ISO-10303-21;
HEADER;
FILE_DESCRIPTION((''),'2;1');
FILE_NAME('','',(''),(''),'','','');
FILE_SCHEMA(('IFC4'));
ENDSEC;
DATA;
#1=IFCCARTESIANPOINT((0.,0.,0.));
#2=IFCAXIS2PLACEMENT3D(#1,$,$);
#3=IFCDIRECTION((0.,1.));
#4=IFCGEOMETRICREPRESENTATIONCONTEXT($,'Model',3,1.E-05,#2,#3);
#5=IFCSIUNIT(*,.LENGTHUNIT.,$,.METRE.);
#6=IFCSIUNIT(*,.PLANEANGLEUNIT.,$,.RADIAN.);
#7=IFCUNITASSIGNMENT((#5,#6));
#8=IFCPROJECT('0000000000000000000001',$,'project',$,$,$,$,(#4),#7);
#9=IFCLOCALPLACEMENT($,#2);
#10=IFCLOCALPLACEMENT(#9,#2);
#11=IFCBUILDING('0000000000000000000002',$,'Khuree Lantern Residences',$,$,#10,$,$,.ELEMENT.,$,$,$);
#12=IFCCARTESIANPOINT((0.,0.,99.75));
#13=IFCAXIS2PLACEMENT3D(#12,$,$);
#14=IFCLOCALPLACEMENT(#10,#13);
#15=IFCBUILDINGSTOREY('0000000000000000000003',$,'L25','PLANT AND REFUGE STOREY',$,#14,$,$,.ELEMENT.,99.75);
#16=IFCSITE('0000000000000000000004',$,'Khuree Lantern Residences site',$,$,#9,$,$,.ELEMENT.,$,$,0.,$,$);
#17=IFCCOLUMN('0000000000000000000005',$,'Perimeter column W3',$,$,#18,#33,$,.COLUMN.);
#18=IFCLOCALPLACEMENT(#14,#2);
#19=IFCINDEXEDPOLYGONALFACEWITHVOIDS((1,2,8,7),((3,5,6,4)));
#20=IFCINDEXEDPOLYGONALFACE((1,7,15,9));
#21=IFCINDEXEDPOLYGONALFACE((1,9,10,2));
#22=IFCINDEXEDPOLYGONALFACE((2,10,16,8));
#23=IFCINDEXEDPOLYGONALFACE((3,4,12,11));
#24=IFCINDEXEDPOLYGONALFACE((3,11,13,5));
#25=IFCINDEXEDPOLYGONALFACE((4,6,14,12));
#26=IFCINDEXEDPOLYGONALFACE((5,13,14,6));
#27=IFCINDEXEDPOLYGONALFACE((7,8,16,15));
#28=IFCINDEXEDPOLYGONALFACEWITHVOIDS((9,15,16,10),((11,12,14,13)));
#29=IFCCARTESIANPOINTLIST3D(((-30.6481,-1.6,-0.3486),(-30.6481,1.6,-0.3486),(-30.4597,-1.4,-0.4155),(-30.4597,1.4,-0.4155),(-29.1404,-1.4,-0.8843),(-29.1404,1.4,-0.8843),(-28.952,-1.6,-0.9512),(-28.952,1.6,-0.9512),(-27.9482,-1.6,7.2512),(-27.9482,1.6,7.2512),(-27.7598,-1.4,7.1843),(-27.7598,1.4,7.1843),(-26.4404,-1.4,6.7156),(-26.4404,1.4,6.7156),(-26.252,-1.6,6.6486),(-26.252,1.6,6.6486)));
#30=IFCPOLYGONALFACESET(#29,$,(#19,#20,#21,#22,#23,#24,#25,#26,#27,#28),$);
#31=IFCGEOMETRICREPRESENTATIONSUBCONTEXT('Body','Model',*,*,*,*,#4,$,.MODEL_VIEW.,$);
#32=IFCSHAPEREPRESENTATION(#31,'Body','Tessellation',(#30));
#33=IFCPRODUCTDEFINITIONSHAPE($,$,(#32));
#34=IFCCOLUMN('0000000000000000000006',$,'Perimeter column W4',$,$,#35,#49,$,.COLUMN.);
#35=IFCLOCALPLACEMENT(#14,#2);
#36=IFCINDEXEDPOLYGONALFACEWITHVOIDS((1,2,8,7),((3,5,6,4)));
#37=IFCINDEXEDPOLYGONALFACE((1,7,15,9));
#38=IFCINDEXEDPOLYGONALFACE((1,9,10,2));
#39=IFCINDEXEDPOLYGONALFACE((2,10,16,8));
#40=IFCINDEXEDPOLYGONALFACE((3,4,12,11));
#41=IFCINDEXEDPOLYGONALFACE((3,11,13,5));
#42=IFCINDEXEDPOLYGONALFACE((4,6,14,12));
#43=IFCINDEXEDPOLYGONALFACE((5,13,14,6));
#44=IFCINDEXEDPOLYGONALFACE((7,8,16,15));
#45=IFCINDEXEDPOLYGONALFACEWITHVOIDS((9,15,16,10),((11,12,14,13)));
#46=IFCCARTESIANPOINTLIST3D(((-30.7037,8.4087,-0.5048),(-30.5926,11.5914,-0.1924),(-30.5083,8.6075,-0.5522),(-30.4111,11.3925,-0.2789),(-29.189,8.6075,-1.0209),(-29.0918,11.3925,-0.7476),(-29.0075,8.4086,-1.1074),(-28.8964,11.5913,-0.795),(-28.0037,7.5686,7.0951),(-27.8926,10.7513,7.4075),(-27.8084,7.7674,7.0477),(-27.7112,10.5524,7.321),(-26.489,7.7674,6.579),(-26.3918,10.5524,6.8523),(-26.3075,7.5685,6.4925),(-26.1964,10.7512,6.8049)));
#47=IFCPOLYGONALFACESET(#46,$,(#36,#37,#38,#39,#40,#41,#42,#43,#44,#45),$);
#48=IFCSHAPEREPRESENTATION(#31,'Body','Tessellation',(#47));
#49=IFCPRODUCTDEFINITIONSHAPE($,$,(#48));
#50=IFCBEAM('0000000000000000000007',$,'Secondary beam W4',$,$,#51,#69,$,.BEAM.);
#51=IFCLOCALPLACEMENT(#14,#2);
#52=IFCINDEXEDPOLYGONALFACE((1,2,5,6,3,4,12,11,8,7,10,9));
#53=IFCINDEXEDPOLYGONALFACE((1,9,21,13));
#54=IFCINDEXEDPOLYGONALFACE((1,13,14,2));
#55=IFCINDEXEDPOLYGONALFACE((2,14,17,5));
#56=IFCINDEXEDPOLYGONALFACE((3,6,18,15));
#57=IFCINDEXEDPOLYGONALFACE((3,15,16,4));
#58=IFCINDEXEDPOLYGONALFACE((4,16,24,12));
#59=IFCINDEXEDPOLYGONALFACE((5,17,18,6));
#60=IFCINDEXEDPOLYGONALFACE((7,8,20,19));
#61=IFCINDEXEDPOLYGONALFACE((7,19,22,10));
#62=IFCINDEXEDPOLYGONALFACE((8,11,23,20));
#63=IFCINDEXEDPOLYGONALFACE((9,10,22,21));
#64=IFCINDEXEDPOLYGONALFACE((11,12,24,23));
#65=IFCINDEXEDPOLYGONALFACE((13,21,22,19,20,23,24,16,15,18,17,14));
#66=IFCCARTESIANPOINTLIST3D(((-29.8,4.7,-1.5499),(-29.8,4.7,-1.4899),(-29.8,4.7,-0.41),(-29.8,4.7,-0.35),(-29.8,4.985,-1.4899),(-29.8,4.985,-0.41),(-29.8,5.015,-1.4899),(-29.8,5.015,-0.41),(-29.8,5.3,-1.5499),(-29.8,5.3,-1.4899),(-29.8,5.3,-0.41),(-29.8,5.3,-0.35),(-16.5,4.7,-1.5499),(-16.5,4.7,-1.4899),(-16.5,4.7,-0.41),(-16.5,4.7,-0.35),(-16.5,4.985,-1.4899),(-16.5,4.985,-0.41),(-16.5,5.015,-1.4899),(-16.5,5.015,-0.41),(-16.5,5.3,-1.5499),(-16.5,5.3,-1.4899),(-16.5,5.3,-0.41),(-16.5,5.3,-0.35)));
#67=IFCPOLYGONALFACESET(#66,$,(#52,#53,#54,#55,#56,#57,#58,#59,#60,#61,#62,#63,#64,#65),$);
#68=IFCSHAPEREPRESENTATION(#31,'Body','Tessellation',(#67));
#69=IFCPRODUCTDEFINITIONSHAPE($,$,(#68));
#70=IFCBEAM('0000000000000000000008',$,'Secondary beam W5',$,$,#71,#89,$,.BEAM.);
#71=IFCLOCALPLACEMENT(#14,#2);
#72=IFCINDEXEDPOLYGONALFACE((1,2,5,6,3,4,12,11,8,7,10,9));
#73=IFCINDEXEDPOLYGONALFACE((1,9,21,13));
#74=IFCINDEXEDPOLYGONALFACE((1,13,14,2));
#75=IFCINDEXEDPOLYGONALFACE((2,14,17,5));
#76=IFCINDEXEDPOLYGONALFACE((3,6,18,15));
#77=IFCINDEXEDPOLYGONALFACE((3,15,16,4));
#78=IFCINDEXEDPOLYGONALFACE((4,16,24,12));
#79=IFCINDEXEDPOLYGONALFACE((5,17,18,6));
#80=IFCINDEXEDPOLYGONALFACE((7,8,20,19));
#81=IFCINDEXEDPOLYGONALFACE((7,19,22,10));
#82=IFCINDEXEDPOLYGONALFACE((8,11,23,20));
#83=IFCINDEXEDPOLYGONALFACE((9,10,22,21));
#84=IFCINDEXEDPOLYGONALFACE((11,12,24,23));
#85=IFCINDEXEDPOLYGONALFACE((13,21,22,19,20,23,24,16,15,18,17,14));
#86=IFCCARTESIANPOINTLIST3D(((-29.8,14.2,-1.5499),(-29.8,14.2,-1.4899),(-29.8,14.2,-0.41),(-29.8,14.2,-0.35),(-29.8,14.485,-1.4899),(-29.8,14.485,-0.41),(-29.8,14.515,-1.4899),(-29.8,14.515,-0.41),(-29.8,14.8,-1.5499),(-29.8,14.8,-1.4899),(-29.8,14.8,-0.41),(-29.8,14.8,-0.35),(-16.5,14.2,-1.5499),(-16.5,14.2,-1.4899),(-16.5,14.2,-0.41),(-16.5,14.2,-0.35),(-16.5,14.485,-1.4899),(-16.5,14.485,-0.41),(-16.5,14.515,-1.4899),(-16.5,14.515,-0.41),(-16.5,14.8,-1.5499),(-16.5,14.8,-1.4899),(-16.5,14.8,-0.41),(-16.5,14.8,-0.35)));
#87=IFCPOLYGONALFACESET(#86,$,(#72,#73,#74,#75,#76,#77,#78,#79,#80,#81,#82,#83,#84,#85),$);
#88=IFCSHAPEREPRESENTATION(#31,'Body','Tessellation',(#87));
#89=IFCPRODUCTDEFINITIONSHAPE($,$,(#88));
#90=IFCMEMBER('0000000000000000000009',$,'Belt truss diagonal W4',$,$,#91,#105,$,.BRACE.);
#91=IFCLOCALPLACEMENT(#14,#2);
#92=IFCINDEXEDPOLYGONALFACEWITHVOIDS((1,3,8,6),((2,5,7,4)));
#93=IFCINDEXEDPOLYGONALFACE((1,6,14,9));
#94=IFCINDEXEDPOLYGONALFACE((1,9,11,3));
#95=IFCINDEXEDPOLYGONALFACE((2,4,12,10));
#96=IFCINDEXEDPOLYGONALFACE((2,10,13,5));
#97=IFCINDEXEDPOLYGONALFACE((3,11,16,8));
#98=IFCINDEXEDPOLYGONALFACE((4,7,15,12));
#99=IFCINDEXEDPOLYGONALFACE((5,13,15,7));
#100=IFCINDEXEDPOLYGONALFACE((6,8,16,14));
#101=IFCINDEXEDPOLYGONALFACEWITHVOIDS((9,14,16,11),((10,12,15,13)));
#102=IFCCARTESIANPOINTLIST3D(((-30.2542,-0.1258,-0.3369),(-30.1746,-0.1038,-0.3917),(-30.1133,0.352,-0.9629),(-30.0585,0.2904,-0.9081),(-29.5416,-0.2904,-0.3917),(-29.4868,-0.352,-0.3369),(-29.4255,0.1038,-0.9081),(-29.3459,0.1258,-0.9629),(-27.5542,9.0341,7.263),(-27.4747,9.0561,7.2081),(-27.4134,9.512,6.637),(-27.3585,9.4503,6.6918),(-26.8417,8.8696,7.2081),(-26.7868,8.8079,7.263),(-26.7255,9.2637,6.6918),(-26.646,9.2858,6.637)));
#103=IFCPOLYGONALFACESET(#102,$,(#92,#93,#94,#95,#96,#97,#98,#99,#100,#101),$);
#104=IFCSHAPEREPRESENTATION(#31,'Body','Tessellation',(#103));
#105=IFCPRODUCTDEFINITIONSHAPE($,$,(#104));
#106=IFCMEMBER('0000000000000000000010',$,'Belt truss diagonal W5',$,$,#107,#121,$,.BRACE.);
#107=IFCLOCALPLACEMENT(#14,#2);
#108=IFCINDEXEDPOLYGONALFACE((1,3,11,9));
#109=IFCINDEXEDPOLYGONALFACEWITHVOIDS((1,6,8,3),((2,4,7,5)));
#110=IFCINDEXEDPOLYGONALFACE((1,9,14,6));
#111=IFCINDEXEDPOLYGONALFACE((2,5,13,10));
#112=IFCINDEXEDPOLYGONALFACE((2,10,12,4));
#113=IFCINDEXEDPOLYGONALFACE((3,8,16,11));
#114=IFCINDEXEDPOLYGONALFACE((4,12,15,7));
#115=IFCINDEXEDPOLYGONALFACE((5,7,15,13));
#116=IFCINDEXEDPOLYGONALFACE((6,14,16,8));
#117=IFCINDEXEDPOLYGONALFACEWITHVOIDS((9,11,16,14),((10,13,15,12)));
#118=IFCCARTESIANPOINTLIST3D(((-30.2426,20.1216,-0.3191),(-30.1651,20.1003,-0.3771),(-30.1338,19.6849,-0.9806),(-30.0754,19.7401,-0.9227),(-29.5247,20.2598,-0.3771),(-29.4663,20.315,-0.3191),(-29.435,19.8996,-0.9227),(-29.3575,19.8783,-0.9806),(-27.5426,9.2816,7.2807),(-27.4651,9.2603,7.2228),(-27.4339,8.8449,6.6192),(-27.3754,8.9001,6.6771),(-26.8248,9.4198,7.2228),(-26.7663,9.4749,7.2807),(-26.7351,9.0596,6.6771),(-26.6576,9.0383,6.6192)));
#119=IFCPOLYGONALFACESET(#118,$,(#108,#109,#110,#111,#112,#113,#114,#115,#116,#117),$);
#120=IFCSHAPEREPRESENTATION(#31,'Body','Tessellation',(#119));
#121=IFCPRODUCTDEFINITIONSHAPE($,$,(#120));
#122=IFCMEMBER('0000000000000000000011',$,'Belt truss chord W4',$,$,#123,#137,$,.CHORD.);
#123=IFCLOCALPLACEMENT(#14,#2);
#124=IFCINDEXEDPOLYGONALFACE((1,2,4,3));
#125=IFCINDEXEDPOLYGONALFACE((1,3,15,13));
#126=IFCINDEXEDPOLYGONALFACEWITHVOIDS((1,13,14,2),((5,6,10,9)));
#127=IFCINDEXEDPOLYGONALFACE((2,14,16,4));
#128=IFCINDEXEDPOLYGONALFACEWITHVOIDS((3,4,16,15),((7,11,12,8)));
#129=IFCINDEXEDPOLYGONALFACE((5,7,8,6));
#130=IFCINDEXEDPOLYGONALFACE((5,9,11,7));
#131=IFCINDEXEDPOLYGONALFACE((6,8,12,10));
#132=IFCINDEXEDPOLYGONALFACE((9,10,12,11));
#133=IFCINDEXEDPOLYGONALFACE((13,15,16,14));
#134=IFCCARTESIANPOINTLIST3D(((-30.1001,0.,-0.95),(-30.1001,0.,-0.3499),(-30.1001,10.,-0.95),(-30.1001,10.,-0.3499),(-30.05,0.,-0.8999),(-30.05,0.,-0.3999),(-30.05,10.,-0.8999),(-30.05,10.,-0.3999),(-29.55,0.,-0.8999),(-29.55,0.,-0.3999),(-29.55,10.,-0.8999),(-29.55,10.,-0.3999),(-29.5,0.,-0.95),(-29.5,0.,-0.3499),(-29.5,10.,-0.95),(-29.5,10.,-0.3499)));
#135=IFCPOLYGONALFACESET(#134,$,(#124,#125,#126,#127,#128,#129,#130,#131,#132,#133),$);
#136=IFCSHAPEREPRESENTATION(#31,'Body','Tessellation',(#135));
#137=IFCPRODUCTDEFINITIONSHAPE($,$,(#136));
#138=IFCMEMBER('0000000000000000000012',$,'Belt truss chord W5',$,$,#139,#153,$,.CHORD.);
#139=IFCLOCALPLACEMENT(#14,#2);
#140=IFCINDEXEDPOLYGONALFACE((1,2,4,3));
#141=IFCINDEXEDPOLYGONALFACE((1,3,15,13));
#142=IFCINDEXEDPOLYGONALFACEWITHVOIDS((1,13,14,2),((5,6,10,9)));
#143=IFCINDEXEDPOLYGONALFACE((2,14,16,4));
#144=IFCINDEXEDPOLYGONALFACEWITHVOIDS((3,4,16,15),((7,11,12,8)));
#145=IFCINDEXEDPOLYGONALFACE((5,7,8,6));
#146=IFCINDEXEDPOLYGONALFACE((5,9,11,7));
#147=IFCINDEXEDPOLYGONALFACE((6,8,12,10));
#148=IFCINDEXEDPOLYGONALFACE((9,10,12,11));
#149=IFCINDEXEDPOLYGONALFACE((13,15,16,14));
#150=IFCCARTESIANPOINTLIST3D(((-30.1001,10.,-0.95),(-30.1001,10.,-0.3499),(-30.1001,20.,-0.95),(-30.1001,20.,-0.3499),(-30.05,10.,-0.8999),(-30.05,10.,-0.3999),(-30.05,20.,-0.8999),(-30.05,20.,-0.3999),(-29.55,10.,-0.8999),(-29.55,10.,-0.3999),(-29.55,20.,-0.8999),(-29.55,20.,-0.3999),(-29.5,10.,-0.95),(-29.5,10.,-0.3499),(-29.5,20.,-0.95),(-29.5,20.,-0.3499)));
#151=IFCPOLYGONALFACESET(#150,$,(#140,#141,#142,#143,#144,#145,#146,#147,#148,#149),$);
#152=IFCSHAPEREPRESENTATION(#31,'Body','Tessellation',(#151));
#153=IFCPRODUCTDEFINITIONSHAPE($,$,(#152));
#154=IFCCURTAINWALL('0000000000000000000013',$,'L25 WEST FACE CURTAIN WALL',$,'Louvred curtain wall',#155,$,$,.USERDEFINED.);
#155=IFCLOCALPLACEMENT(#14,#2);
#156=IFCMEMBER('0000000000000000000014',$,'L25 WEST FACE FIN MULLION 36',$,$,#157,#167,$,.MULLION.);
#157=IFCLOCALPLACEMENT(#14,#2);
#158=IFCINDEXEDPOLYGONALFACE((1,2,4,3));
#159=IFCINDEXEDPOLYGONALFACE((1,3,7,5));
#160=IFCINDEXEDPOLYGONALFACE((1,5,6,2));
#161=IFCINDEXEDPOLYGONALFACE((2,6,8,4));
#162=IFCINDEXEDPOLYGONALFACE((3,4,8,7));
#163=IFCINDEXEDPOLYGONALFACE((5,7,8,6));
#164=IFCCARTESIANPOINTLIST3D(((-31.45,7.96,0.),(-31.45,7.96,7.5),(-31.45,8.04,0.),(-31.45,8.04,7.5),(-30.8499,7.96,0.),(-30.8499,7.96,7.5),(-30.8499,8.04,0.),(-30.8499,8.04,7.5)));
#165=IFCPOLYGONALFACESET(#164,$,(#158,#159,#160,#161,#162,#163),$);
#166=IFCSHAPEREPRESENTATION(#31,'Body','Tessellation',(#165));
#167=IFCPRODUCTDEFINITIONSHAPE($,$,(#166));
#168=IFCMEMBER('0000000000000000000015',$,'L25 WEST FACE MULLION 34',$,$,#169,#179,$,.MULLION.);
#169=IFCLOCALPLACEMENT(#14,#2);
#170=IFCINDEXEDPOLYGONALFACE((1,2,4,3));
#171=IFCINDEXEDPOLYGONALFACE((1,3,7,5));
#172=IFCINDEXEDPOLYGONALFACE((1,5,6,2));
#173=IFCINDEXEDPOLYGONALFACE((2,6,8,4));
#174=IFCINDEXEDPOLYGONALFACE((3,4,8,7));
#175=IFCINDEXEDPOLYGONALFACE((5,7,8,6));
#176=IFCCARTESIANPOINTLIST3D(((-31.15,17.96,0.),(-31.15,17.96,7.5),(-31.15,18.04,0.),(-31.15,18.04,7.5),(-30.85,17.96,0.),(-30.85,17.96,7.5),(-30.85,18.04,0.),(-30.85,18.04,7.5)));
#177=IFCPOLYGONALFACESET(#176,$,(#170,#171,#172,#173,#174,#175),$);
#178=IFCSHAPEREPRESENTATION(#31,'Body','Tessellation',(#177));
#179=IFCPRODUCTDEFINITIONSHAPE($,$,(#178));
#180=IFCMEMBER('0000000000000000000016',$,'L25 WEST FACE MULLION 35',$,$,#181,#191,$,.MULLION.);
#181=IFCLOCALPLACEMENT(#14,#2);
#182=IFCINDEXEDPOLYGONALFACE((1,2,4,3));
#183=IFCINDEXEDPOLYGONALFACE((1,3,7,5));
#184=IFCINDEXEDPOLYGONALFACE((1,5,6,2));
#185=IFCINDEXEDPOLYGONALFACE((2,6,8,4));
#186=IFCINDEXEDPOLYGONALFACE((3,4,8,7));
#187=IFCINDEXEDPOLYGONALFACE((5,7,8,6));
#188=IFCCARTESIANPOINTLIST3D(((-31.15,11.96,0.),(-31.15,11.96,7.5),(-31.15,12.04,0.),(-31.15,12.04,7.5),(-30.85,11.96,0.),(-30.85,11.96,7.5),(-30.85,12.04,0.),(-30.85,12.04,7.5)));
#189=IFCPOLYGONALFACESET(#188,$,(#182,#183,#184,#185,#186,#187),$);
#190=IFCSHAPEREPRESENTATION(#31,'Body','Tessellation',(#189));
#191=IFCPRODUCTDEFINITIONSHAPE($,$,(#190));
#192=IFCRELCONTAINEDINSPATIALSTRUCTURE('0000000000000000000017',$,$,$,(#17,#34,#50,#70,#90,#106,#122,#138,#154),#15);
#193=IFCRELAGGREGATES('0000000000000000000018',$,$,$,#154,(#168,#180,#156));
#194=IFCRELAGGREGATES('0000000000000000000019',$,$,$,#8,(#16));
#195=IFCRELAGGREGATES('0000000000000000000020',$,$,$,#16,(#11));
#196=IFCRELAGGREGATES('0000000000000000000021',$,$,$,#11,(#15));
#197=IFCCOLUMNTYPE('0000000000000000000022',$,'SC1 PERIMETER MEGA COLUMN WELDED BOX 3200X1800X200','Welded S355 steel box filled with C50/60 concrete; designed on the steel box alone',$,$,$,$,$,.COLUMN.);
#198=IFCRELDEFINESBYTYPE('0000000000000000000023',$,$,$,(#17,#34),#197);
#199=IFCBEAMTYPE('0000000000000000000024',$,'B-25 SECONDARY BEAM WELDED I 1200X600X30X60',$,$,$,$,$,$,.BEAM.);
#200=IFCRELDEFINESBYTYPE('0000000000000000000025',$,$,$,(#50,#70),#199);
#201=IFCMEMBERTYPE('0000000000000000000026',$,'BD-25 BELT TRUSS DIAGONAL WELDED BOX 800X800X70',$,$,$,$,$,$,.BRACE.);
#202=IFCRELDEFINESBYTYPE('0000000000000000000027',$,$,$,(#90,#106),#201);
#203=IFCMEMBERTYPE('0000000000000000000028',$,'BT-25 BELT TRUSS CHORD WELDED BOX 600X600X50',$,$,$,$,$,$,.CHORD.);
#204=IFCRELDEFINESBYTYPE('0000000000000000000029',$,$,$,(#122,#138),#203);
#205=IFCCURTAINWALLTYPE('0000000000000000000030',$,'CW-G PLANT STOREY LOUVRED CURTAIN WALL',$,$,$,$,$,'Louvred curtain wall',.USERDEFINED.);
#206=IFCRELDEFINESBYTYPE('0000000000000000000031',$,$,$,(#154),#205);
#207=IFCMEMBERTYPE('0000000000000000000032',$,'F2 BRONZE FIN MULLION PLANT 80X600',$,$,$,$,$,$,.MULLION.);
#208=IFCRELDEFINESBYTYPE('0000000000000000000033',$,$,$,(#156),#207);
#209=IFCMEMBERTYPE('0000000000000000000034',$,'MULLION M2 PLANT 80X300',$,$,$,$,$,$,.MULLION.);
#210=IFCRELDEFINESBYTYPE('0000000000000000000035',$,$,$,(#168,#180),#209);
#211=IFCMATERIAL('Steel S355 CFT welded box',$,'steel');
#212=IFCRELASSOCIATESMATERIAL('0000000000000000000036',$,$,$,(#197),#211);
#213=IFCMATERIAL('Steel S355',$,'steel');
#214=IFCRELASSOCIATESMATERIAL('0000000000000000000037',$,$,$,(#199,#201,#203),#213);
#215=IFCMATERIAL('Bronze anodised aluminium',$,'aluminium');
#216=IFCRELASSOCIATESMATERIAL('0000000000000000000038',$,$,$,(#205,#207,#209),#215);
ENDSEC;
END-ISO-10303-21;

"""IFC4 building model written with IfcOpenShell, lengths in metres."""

from ifc_helpers import new_model, si_unit, direction, frame, origin, origin_2d, place, context, subcontext, project, spatial, rectangle, hollow_rectangle, i_section, extrude, material, material_profile, profile_set, type_object, element, aggregate, save


model = new_model("IFC4")

# Units and contexts
model_context = context("Model", 3, precision=1e-05, world=origin(), true_north=direction((0.0, 1.0)))
body_context = subcontext(model_context, "Body", "Model", "MODEL_VIEW")
ifc_project = project(units=[si_unit("LENGTHUNIT", "METRE"), si_unit("PLANEANGLEUNIT", "RADIAN")], contexts=[model_context])

# Site, building, storey
site_placement = place(None, origin())
site = spatial("IfcSite", under=ifc_project, at=site_placement, Name="Khuree Lantern Residences site", CompositionType="ELEMENT", RefElevation=0.0)
building_placement = place(site_placement, origin())
building = spatial("IfcBuilding", under=site, at=building_placement, Name="Khuree Lantern Residences", CompositionType="ELEMENT")
storey_placement = place(building_placement, frame((0.0, 0.0, 99.75)))
storey = spatial("IfcBuildingStorey", under=building, at=storey_placement, Name="L25", Description="PLANT AND REFUGE STOREY", CompositionType="ELEMENT", Elevation=99.75)

# Columns
ifc_material_1 = material(Name="Steel S355 CFT welded box", Category="steel")
ifc_material_profile_1 = material_profile(ifc_material_1, hollow_rectangle(XDim=3.2, YDim=1.8, WallThickness=0.2, at=origin_2d()), Name="WELDED BOX 3200X1800X200")
ifc_profile_set_1 = profile_set([ifc_material_profile_1], Name="Steel S355 CFT welded box")
column_type = type_object("IfcColumnType", Name="SC1 PERIMETER MEGA COLUMN WELDED BOX 3200X1800X200", Description="Welded S355 steel box filled with C50/60 concrete; designed on the steel box alone", PredefinedType="COLUMN", material=ifc_profile_set_1)
column_1_placement = place(storey_placement, frame((-29.8, 0.0, -0.6499), z_axis=(0.334765, 0.0, 0.942302), x_axis=(0.0, 1.0, 0.0)))
element("IfcColumn", 1, at=column_1_placement, inside=storey, type_object=column_type, Name="Perimeter column W3", PredefinedType="COLUMN", context=body_context, shape_type="SweptSolid", body=[
    extrude(hollow_rectangle(XDim=3.2, YDim=1.8, WallThickness=0.2, at=origin_2d()), origin(), (0.0, 0.0, 1.0), 8.0652),
])
column_2_placement = place(storey_placement, frame((-29.8, 10.0, -0.6499), z_axis=(0.332964, -0.103602, 0.937231), x_axis=(0.034713, 0.994619, 0.097613)))
element("IfcColumn", 2, at=column_2_placement, inside=storey, type_object=column_type, Name="Perimeter column W4", PredefinedType="COLUMN", context=body_context, shape_type="SweptSolid", body=[
    extrude(hollow_rectangle(XDim=3.2, YDim=1.8, WallThickness=0.2, at=origin_2d()), origin(), (0.0, 0.0, 1.0), 8.1089),
])

# Beams
ifc_material_2 = material(Name="Steel S355", Category="steel")
ifc_material_profile_2 = material_profile(ifc_material_2, i_section(OverallWidth=0.6001, OverallDepth=1.2, WebThickness=0.03, FlangeThickness=0.0601, at=origin_2d()), Name="WELDED I 1200X600X30X60")
ifc_profile_set_2 = profile_set([ifc_material_profile_2], Name="Steel S355")
beam_type = type_object("IfcBeamType", Name="B-25 SECONDARY BEAM WELDED I 1200X600X30X60", PredefinedType="BEAM", material=ifc_profile_set_2)
for number, where, z_axis, x_axis, name in (
    (3, (-29.8, 5.0, -0.95), (1.0, 0.0, 0.0), (0.0, 1.0, 0.0), "Secondary beam W4"),
    (4, (-29.8, 14.5, -0.95), (1.0, 0.0, 0.0), (0.0, 1.0, 0.0), "Secondary beam W5"),
):
    element("IfcBeam", number, at=place(storey_placement, frame(where, z_axis=z_axis, x_axis=x_axis)), inside=storey, type_object=beam_type, Name=name, PredefinedType="BEAM", context=body_context, shape_type="SweptSolid", body=[
        extrude(i_section(OverallWidth=0.6001, OverallDepth=1.2, WebThickness=0.03, FlangeThickness=0.0601, at=origin_2d()), origin(), (0.0, 0.0, 1.0), 13.3),
    ])

# Members
ifc_material_profile_3 = material_profile(ifc_material_2, hollow_rectangle(XDim=0.8, YDim=0.8, WallThickness=0.0701, at=origin_2d()), Name="WELDED BOX 800X800X70")
ifc_profile_set_3 = profile_set([ifc_material_profile_3], Name="Steel S355")
member_type_1 = type_object("IfcMemberType", Name="BD-25 BELT TRUSS DIAGONAL WELDED BOX 800X800X70", PredefinedType="BRACE", material=ifc_profile_set_3)
member_1_placement = place(storey_placement, frame((-29.8, 0.0, -0.6499), z_axis=(0.221225, 0.750531, 0.622706), x_axis=(-0.959199, 0.282731, 0.0)))
element("IfcMember", 5, at=member_1_placement, inside=storey, type_object=member_type_1, Name="Belt truss diagonal W4", PredefinedType="BRACE", context=body_context, shape_type="SweptSolid", body=[
    extrude(hollow_rectangle(XDim=0.8, YDim=0.8, WallThickness=0.0701, at=origin_2d()), origin(), (0.0, 0.0, 1.0), 12.2046),
])
member_2_placement = place(storey_placement, frame((-27.1001, 9.1599, 6.95), z_axis=(-0.199829, 0.802298, -0.562482), x_axis=(-0.970354, -0.241687, 0.0)))
element("IfcMember", 6, at=member_2_placement, inside=storey, type_object=member_type_1, Name="Belt truss diagonal W5", PredefinedType="BRACE", context=body_context, shape_type="SweptSolid", body=[
    extrude(hollow_rectangle(XDim=0.8, YDim=0.8, WallThickness=0.0701, at=origin_2d()), origin(), (0.0, 0.0, 1.0), 13.5112),
])
ifc_material_profile_4 = material_profile(ifc_material_2, hollow_rectangle(XDim=0.6001, YDim=0.6001, WallThickness=0.05, at=origin_2d()), Name="WELDED BOX 600X600X50")
ifc_profile_set_4 = profile_set([ifc_material_profile_4], Name="Steel S355")
member_type_2 = type_object("IfcMemberType", Name="BT-25 BELT TRUSS CHORD WELDED BOX 600X600X50", PredefinedType="CHORD", material=ifc_profile_set_4)
for number, where, z_axis, x_axis, name in (
    (7, (-29.8, 0.0, -0.6499), (0.0, 1.0, 0.0), (-1.0, 0.0, 0.0), "Belt truss chord W4"),
    (8, (-29.8, 10.0, -0.6499), (0.0, 1.0, 0.0), (-1.0, 0.0, 0.0), "Belt truss chord W5"),
):
    element("IfcMember", number, at=place(storey_placement, frame(where, z_axis=z_axis, x_axis=x_axis)), inside=storey, type_object=member_type_2, Name=name, PredefinedType="CHORD", context=body_context, shape_type="SweptSolid", body=[
        extrude(hollow_rectangle(XDim=0.6001, YDim=0.6001, WallThickness=0.05, at=origin_2d()), origin(), (0.0, 0.0, 1.0), 10.0),
    ])

# Curtain wall, members
ifc_material_3 = material(Name="Bronze anodised aluminium", Category="aluminium")
curtain_wall_type = type_object("IfcCurtainWallType", Name="CW-G PLANT STOREY LOUVRED CURTAIN WALL", ElementType="Louvred curtain wall", PredefinedType="USERDEFINED", material=ifc_material_3)
curtain_wall_placement = place(storey_placement, origin())
curtain_wall = element("IfcCurtainWall", 9, at=curtain_wall_placement, inside=storey, type_object=curtain_wall_type, Name="L25 WEST FACE CURTAIN WALL", ObjectType="Louvred curtain wall", PredefinedType="USERDEFINED")
ifc_material_profile_5 = material_profile(ifc_material_3, rectangle(XDim=0.0801, YDim=0.6001, at=origin_2d()), Name="F2 80X600")
ifc_profile_set_5 = profile_set([ifc_material_profile_5], Name="Bronze anodised aluminium")
member_type_3 = type_object("IfcMemberType", Name="F2 BRONZE FIN MULLION PLANT 80X600", PredefinedType="MULLION", material=ifc_profile_set_5)
member_3_placement = place(storey_placement, frame((-31.1499, 8.0, 0.0), z_axis=(0.0, 0.0, 1.0), x_axis=(0.0, -1.0, 0.0)))
member_3 = element("IfcMember", 10, at=member_3_placement, type_object=member_type_3, Name="L25 WEST FACE FIN MULLION 36", PredefinedType="MULLION", context=body_context, shape_type="SweptSolid", body=[
    extrude(rectangle(XDim=0.0801, YDim=0.6001, at=origin_2d()), origin(), (0.0, 0.0, 1.0), 7.5),
])
ifc_material_profile_6 = material_profile(ifc_material_3, rectangle(XDim=0.0801, YDim=0.3, at=origin_2d()), Name="M2 80X300")
ifc_profile_set_6 = profile_set([ifc_material_profile_6], Name="Bronze anodised aluminium")
member_type_4 = type_object("IfcMemberType", Name="MULLION M2 PLANT 80X300", PredefinedType="MULLION", material=ifc_profile_set_6)
member_4_placement = place(storey_placement, frame((-31.0, 18.0, 0.0), z_axis=(0.0, 0.0, 1.0), x_axis=(0.0, -1.0, 0.0)))
member_4 = element("IfcMember", 11, at=member_4_placement, type_object=member_type_4, Name="L25 WEST FACE MULLION 34", PredefinedType="MULLION", context=body_context, shape_type="SweptSolid", body=[
    extrude(rectangle(XDim=0.0801, YDim=0.3, at=origin_2d()), origin(), (0.0, 0.0, 1.0), 7.5),
])
member_5_placement = place(storey_placement, frame((-31.0, 12.0, 0.0), z_axis=(0.0, 0.0, 1.0), x_axis=(0.0, -1.0, 0.0)))
member_5 = element("IfcMember", 12, at=member_5_placement, type_object=member_type_4, Name="L25 WEST FACE MULLION 35", PredefinedType="MULLION", context=body_context, shape_type="SweptSolid", body=[
    extrude(rectangle(XDim=0.0801, YDim=0.3, at=origin_2d()), origin(), (0.0, 0.0, 1.0), 7.5),
])

aggregate(curtain_wall, [member_4, member_5, member_3])

save(model, "model.ifc")
